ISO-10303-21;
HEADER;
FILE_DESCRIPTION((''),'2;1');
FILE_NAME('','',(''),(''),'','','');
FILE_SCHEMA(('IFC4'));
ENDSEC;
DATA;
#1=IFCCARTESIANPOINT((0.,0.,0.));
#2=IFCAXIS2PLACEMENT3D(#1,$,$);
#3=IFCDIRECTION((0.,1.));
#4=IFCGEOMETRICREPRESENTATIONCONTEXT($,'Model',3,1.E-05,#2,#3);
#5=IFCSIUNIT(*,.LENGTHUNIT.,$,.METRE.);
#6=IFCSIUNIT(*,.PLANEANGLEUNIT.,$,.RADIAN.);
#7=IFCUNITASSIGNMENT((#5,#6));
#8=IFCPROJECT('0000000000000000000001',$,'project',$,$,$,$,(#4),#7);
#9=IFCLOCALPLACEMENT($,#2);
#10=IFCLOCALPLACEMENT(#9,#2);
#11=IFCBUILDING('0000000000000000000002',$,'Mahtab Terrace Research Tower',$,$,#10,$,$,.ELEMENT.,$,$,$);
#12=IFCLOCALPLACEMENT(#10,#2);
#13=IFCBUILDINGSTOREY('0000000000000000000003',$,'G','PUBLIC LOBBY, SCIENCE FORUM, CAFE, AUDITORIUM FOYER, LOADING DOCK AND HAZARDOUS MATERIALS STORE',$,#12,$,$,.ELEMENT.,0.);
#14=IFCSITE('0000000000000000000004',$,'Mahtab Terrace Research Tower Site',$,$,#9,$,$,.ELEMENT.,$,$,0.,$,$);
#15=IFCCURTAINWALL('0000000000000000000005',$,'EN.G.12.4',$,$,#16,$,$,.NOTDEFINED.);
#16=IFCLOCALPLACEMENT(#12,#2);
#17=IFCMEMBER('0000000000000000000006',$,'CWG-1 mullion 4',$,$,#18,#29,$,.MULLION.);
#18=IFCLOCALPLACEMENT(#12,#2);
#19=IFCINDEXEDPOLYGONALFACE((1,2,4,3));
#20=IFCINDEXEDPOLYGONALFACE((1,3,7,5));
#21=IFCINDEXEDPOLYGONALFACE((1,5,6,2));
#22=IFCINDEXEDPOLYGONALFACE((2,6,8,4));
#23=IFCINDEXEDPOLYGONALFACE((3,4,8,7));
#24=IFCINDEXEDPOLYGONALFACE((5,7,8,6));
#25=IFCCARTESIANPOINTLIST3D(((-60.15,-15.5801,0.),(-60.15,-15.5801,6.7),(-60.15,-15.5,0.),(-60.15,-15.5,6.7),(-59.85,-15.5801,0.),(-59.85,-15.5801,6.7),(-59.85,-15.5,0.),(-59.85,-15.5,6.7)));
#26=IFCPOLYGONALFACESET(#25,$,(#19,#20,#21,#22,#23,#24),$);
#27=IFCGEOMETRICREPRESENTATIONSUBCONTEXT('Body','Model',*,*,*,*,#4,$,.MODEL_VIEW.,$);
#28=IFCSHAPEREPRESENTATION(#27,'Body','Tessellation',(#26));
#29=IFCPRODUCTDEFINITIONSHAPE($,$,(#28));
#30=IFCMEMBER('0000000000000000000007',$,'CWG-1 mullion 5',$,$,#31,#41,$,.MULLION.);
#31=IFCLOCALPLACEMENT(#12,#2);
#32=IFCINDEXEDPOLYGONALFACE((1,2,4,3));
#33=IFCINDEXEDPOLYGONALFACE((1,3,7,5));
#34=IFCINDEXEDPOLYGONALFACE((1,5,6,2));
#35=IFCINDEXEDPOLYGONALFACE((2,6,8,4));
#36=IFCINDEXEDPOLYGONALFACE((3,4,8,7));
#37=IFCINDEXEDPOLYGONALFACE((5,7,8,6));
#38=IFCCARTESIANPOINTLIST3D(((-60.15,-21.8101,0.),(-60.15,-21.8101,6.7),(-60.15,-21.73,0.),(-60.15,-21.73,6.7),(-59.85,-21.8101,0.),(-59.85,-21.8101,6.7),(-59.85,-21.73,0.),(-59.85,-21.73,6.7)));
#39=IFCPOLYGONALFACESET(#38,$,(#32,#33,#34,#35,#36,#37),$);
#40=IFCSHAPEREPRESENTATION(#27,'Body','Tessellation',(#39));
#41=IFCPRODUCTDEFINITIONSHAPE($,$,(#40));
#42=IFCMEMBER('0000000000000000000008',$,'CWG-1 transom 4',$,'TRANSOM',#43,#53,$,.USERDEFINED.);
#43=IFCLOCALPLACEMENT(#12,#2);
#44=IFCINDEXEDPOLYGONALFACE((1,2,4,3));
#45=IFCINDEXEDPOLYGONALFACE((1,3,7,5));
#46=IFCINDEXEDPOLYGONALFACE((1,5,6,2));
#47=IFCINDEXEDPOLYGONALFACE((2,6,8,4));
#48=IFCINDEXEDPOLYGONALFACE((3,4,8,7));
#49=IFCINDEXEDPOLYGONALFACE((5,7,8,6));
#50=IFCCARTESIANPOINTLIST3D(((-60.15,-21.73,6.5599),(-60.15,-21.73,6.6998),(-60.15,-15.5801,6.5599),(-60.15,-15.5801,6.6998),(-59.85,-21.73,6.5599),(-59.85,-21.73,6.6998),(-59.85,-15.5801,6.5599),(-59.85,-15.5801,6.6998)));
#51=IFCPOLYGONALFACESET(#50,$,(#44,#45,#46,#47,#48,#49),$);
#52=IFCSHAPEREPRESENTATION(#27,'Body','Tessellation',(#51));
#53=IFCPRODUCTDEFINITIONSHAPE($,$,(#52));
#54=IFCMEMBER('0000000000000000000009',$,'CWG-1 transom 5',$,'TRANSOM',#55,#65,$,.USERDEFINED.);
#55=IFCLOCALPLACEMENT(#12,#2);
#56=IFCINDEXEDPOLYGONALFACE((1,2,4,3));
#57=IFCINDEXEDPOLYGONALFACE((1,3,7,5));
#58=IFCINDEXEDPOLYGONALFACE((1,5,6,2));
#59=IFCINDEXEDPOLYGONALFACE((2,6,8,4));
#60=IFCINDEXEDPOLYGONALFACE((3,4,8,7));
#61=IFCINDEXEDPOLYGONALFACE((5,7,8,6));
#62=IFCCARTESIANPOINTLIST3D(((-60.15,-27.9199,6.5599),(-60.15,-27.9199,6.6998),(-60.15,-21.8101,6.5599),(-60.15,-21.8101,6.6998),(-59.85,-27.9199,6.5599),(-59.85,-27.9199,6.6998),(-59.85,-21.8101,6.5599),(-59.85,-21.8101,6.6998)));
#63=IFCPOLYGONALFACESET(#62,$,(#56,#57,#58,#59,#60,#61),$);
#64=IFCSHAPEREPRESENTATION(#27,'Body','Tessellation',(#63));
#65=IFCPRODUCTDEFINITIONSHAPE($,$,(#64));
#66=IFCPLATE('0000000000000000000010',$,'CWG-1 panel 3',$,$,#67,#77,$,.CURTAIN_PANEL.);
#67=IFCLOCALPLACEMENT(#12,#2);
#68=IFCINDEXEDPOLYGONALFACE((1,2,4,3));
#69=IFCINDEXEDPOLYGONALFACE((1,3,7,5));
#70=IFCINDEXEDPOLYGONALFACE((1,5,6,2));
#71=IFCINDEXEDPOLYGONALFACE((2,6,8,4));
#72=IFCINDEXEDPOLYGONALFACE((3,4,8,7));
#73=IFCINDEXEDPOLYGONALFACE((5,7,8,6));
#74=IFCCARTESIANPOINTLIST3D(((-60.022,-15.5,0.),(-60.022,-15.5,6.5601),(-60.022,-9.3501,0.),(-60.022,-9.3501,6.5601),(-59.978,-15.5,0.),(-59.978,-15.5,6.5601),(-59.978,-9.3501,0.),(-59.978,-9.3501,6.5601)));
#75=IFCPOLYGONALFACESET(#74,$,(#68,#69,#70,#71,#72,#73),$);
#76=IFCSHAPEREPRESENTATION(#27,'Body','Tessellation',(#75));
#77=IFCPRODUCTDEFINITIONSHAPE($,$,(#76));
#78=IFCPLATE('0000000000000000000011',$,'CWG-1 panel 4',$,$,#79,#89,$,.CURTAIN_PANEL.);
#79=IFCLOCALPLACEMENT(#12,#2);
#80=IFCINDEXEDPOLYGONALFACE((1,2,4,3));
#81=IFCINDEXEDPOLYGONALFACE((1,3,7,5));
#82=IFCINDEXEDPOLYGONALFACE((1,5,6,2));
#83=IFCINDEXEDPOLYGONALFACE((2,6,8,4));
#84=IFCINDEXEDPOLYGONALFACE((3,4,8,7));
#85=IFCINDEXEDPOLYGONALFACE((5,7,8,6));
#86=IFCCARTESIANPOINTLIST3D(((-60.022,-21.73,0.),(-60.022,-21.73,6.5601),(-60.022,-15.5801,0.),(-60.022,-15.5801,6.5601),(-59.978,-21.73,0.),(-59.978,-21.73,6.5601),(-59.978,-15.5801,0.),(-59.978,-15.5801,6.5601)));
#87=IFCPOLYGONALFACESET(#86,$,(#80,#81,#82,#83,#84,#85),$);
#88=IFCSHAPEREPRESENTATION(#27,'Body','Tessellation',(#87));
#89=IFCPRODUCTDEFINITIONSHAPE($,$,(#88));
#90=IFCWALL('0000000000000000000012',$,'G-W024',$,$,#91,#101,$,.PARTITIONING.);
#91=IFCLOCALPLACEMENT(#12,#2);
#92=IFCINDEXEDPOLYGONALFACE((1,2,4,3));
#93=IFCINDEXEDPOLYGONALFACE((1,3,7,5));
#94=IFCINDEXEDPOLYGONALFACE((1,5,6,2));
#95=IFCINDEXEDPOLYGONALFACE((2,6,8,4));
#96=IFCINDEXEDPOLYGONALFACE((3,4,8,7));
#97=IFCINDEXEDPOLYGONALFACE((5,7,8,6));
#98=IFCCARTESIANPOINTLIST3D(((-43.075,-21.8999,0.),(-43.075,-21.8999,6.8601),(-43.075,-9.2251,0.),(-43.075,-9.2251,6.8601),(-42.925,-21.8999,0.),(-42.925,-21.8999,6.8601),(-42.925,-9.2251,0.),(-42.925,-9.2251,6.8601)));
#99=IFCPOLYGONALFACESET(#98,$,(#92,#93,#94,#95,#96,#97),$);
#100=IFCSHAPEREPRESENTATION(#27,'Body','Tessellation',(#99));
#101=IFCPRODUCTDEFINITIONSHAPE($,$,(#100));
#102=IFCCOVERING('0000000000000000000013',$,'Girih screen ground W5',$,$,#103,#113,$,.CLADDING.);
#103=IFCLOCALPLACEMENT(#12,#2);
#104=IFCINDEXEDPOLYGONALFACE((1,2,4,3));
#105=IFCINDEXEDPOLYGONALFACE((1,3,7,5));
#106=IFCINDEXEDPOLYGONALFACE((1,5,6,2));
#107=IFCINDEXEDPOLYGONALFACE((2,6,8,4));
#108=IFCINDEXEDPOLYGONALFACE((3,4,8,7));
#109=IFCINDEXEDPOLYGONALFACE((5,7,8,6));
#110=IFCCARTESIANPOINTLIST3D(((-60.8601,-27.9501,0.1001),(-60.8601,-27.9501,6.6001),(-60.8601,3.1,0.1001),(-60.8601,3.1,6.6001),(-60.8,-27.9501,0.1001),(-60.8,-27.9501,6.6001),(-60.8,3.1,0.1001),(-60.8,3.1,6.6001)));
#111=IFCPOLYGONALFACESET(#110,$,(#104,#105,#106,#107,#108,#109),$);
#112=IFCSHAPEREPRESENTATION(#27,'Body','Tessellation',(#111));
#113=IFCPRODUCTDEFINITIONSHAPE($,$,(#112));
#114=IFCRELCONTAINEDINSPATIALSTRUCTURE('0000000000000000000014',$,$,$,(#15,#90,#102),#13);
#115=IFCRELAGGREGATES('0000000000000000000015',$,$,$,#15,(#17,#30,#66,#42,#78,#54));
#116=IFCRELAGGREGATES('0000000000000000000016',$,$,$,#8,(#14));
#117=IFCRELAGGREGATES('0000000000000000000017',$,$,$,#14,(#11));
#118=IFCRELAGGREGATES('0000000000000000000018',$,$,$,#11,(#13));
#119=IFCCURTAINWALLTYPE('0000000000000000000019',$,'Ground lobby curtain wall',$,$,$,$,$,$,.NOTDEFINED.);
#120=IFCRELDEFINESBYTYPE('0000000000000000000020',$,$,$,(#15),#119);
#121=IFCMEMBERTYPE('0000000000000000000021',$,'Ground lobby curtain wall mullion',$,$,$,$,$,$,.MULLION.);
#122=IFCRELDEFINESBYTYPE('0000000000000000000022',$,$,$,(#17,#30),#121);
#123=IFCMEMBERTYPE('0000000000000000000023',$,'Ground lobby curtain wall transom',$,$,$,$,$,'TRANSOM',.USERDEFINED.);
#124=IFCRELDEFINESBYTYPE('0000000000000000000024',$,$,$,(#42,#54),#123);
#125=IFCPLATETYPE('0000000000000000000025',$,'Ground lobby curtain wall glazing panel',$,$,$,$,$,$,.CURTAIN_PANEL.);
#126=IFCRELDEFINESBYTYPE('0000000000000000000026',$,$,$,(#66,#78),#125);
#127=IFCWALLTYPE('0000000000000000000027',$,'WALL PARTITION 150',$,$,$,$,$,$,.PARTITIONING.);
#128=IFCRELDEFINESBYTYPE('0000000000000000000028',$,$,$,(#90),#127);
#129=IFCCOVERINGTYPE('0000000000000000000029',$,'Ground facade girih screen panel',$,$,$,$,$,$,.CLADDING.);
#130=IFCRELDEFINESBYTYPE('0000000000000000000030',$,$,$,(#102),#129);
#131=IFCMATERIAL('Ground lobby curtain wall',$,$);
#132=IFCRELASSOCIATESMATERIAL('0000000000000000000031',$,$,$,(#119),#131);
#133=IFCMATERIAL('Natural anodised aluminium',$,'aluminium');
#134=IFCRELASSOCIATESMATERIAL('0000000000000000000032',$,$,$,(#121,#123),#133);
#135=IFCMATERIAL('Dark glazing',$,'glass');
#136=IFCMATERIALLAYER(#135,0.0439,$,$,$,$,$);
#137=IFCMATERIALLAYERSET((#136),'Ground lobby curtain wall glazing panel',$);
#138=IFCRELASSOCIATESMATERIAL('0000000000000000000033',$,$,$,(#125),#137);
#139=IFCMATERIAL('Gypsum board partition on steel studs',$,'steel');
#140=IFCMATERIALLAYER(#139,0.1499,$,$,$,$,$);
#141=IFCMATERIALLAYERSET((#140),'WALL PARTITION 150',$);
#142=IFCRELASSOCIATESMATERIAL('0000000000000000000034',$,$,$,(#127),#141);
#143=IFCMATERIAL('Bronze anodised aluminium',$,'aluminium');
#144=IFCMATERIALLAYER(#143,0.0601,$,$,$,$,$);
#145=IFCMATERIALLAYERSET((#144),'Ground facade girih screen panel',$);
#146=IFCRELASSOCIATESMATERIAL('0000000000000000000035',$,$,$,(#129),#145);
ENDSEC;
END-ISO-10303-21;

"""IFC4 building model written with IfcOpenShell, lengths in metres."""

from ifc_helpers import new_model, si_unit, direction, frame, frame_2d, origin, origin_2d, place, context, subcontext, project, spatial, rectangle, extrude, material, layer, layer_set, material_profile, profile_set, type_object, element, aggregate, save


model = new_model("IFC4")

# Units and contexts
model_context = context("Model", 3, precision=1e-05, world=origin(), true_north=direction((0.0, 1.0)))
body_context = subcontext(model_context, "Body", "Model", "MODEL_VIEW")
ifc_project = project(units=[si_unit("LENGTHUNIT", "METRE"), si_unit("PLANEANGLEUNIT", "RADIAN")], contexts=[model_context])

# Site, building, storey
site_placement = place(None, origin())
site = spatial("IfcSite", under=ifc_project, at=site_placement, Name="Mahtab Terrace Research Tower Site", CompositionType="ELEMENT", RefElevation=0.0)
building_placement = place(site_placement, origin())
building = spatial("IfcBuilding", under=site, at=building_placement, Name="Mahtab Terrace Research Tower", CompositionType="ELEMENT")
storey_placement = place(building_placement, origin())
storey = spatial("IfcBuildingStorey", under=building, at=storey_placement, Name="G", Description="PUBLIC LOBBY, SCIENCE FORUM, CAFE, AUDITORIUM FOYER, LOADING DOCK AND HAZARDOUS MATERIALS STORE", CompositionType="ELEMENT", Elevation=0.0)

# Curtain wall, members, plates
ifc_material_1 = material(Name="Ground lobby curtain wall")
curtain_wall_type = type_object("IfcCurtainWallType", Name="Ground lobby curtain wall", PredefinedType="NOTDEFINED", material=ifc_material_1)
curtain_wall_placement = place(storey_placement, origin())
curtain_wall = element("IfcCurtainWall", 1, at=curtain_wall_placement, inside=storey, type_object=curtain_wall_type, Name="EN.G.12.4", PredefinedType="NOTDEFINED")
ifc_material_2 = material(Name="Natural anodised aluminium", Category="aluminium")
ifc_material_profile_1 = material_profile(ifc_material_2, rectangle(XDim=0.3, YDim=0.0801, at=origin_2d()), Name="MULLION 80x300")
ifc_profile_set_1 = profile_set([ifc_material_profile_1], Name="Natural anodised aluminium")
member_type_1 = type_object("IfcMemberType", Name="Ground lobby curtain wall mullion", PredefinedType="MULLION", material=ifc_profile_set_1)
member_1_placement = place(storey_placement, frame((-60.0, -15.54, 0.0), z_axis=(0.0, 0.0, 1.0), x_axis=(1.0, 0.0, 0.0)))
member_1 = element("IfcMember", 2, at=member_1_placement, type_object=member_type_1, Name="CWG-1 mullion 4", PredefinedType="MULLION", context=body_context, shape_type="SweptSolid", body=[
    extrude(rectangle(XDim=0.3, YDim=0.0801, at=origin_2d()), origin(), (0.0, 0.0, 1.0), 6.7),
])
member_2_placement = place(storey_placement, frame((-60.0, -21.77, 0.0), z_axis=(0.0, 0.0, 1.0), x_axis=(1.0, 0.0, 0.0)))
member_2 = element("IfcMember", 3, at=member_2_placement, type_object=member_type_1, Name="CWG-1 mullion 5", PredefinedType="MULLION", context=body_context, shape_type="SweptSolid", body=[
    extrude(rectangle(XDim=0.3, YDim=0.0801, at=origin_2d()), origin(), (0.0, 0.0, 1.0), 6.7),
])
ifc_material_profile_2 = material_profile(ifc_material_2, rectangle(XDim=0.3, YDim=0.1399, at=origin_2d()), Name="TRANSOM 140x300")
ifc_profile_set_2 = profile_set([ifc_material_profile_2], Name="Natural anodised aluminium")
member_type_2 = type_object("IfcMemberType", Name="Ground lobby curtain wall transom", ElementType="TRANSOM", PredefinedType="USERDEFINED", material=ifc_profile_set_2)
member_3_placement = place(storey_placement, frame((-60.0, -15.5801, 6.6299), z_axis=(0.0, -1.0, 0.0), x_axis=(1.0, 0.0, 0.0)))
member_3 = element("IfcMember", 4, at=member_3_placement, type_object=member_type_2, Name="CWG-1 transom 4", ObjectType="TRANSOM", PredefinedType="USERDEFINED", context=body_context, shape_type="SweptSolid", body=[
    extrude(rectangle(XDim=0.3, YDim=0.1399, at=origin_2d()), origin(), (0.0, 0.0, 1.0), 6.1499),
])
member_4_placement = place(storey_placement, frame((-60.0, -21.8101, 6.6299), z_axis=(0.0, -1.0, 0.0), x_axis=(1.0, 0.0, 0.0)))
member_4 = element("IfcMember", 5, at=member_4_placement, type_object=member_type_2, Name="CWG-1 transom 5", ObjectType="TRANSOM", PredefinedType="USERDEFINED", context=body_context, shape_type="SweptSolid", body=[
    extrude(rectangle(XDim=0.3, YDim=0.1399, at=origin_2d()), origin(), (0.0, 0.0, 1.0), 6.1099),
])
ifc_material_3 = material(Name="Dark glazing", Category="glass")
ifc_layer_1 = layer(ifc_material_3, 0.0439)
ifc_layer_set_1 = layer_set([ifc_layer_1], Name="Ground lobby curtain wall glazing panel")
plate_type = type_object("IfcPlateType", Name="Ground lobby curtain wall glazing panel", PredefinedType="CURTAIN_PANEL", material=ifc_layer_set_1)
plate_1_placement = place(storey_placement, frame((-60.0, -12.425, 0.0), z_axis=(0.0, 0.0, 1.0), x_axis=(0.0, -1.0, 0.0)))
plate_1 = element("IfcPlate", 6, at=plate_1_placement, type_object=plate_type, Name="CWG-1 panel 3", PredefinedType="CURTAIN_PANEL", context=body_context, shape_type="SweptSolid", body=[
    extrude(rectangle(XDim=6.1499, YDim=0.0439, at=origin_2d()), origin(), (0.0, 0.0, 1.0), 6.5601),
])
plate_2_placement = place(storey_placement, frame((-60.0, -18.655, 0.0), z_axis=(0.0, 0.0, 1.0), x_axis=(0.0, -1.0, 0.0)))
plate_2 = element("IfcPlate", 7, at=plate_2_placement, type_object=plate_type, Name="CWG-1 panel 4", PredefinedType="CURTAIN_PANEL", context=body_context, shape_type="SweptSolid", body=[
    extrude(rectangle(XDim=6.1499, YDim=0.0439, at=origin_2d()), origin(), (0.0, 0.0, 1.0), 6.5601),
])
aggregate(curtain_wall, [member_1, member_2, plate_1, member_3, plate_2, member_4])

# Wall
ifc_material_4 = material(Name="Gypsum board partition on steel studs", Category="steel")
ifc_layer_2 = layer(ifc_material_4, 0.1499)
ifc_layer_set_2 = layer_set([ifc_layer_2], Name="WALL PARTITION 150")
wall_type = type_object("IfcWallType", Name="WALL PARTITION 150", PredefinedType="PARTITIONING", material=ifc_layer_set_2)
wall_placement = place(storey_placement, frame((-43.0, -21.8999, 0.0), z_axis=(0.0, 0.0, 1.0), x_axis=(0.0, 1.0, 0.0)))
element("IfcWall", 8, at=wall_placement, inside=storey, type_object=wall_type, Name="G-W024", PredefinedType="PARTITIONING", context=body_context, shape_type="SweptSolid", body=[
    extrude(rectangle(XDim=12.6748, YDim=0.1499, at=frame_2d((6.3374, 0.0))), origin(), (0.0, 0.0, 1.0), 6.8601),
])

# Covering
ifc_material_5 = material(Name="Bronze anodised aluminium", Category="aluminium")
ifc_layer_3 = layer(ifc_material_5, 0.0601)
ifc_layer_set_3 = layer_set([ifc_layer_3], Name="Ground facade girih screen panel")
covering_type = type_object("IfcCoveringType", Name="Ground facade girih screen panel", PredefinedType="CLADDING", material=ifc_layer_set_3)
covering_placement = place(storey_placement, frame((-60.8301, -12.425, 0.1001), z_axis=(0.0, 0.0, 1.0), x_axis=(0.0, -1.0, 0.0)))
element("IfcCovering", 9, at=covering_placement, inside=storey, type_object=covering_type, Name="Girih screen ground W5", PredefinedType="CLADDING", context=body_context, shape_type="SweptSolid", body=[
    extrude(rectangle(XDim=31.05, YDim=0.0601, at=origin_2d()), origin(), (0.0, 0.0, 1.0), 6.5),
])

save(model, "model.ifc")
